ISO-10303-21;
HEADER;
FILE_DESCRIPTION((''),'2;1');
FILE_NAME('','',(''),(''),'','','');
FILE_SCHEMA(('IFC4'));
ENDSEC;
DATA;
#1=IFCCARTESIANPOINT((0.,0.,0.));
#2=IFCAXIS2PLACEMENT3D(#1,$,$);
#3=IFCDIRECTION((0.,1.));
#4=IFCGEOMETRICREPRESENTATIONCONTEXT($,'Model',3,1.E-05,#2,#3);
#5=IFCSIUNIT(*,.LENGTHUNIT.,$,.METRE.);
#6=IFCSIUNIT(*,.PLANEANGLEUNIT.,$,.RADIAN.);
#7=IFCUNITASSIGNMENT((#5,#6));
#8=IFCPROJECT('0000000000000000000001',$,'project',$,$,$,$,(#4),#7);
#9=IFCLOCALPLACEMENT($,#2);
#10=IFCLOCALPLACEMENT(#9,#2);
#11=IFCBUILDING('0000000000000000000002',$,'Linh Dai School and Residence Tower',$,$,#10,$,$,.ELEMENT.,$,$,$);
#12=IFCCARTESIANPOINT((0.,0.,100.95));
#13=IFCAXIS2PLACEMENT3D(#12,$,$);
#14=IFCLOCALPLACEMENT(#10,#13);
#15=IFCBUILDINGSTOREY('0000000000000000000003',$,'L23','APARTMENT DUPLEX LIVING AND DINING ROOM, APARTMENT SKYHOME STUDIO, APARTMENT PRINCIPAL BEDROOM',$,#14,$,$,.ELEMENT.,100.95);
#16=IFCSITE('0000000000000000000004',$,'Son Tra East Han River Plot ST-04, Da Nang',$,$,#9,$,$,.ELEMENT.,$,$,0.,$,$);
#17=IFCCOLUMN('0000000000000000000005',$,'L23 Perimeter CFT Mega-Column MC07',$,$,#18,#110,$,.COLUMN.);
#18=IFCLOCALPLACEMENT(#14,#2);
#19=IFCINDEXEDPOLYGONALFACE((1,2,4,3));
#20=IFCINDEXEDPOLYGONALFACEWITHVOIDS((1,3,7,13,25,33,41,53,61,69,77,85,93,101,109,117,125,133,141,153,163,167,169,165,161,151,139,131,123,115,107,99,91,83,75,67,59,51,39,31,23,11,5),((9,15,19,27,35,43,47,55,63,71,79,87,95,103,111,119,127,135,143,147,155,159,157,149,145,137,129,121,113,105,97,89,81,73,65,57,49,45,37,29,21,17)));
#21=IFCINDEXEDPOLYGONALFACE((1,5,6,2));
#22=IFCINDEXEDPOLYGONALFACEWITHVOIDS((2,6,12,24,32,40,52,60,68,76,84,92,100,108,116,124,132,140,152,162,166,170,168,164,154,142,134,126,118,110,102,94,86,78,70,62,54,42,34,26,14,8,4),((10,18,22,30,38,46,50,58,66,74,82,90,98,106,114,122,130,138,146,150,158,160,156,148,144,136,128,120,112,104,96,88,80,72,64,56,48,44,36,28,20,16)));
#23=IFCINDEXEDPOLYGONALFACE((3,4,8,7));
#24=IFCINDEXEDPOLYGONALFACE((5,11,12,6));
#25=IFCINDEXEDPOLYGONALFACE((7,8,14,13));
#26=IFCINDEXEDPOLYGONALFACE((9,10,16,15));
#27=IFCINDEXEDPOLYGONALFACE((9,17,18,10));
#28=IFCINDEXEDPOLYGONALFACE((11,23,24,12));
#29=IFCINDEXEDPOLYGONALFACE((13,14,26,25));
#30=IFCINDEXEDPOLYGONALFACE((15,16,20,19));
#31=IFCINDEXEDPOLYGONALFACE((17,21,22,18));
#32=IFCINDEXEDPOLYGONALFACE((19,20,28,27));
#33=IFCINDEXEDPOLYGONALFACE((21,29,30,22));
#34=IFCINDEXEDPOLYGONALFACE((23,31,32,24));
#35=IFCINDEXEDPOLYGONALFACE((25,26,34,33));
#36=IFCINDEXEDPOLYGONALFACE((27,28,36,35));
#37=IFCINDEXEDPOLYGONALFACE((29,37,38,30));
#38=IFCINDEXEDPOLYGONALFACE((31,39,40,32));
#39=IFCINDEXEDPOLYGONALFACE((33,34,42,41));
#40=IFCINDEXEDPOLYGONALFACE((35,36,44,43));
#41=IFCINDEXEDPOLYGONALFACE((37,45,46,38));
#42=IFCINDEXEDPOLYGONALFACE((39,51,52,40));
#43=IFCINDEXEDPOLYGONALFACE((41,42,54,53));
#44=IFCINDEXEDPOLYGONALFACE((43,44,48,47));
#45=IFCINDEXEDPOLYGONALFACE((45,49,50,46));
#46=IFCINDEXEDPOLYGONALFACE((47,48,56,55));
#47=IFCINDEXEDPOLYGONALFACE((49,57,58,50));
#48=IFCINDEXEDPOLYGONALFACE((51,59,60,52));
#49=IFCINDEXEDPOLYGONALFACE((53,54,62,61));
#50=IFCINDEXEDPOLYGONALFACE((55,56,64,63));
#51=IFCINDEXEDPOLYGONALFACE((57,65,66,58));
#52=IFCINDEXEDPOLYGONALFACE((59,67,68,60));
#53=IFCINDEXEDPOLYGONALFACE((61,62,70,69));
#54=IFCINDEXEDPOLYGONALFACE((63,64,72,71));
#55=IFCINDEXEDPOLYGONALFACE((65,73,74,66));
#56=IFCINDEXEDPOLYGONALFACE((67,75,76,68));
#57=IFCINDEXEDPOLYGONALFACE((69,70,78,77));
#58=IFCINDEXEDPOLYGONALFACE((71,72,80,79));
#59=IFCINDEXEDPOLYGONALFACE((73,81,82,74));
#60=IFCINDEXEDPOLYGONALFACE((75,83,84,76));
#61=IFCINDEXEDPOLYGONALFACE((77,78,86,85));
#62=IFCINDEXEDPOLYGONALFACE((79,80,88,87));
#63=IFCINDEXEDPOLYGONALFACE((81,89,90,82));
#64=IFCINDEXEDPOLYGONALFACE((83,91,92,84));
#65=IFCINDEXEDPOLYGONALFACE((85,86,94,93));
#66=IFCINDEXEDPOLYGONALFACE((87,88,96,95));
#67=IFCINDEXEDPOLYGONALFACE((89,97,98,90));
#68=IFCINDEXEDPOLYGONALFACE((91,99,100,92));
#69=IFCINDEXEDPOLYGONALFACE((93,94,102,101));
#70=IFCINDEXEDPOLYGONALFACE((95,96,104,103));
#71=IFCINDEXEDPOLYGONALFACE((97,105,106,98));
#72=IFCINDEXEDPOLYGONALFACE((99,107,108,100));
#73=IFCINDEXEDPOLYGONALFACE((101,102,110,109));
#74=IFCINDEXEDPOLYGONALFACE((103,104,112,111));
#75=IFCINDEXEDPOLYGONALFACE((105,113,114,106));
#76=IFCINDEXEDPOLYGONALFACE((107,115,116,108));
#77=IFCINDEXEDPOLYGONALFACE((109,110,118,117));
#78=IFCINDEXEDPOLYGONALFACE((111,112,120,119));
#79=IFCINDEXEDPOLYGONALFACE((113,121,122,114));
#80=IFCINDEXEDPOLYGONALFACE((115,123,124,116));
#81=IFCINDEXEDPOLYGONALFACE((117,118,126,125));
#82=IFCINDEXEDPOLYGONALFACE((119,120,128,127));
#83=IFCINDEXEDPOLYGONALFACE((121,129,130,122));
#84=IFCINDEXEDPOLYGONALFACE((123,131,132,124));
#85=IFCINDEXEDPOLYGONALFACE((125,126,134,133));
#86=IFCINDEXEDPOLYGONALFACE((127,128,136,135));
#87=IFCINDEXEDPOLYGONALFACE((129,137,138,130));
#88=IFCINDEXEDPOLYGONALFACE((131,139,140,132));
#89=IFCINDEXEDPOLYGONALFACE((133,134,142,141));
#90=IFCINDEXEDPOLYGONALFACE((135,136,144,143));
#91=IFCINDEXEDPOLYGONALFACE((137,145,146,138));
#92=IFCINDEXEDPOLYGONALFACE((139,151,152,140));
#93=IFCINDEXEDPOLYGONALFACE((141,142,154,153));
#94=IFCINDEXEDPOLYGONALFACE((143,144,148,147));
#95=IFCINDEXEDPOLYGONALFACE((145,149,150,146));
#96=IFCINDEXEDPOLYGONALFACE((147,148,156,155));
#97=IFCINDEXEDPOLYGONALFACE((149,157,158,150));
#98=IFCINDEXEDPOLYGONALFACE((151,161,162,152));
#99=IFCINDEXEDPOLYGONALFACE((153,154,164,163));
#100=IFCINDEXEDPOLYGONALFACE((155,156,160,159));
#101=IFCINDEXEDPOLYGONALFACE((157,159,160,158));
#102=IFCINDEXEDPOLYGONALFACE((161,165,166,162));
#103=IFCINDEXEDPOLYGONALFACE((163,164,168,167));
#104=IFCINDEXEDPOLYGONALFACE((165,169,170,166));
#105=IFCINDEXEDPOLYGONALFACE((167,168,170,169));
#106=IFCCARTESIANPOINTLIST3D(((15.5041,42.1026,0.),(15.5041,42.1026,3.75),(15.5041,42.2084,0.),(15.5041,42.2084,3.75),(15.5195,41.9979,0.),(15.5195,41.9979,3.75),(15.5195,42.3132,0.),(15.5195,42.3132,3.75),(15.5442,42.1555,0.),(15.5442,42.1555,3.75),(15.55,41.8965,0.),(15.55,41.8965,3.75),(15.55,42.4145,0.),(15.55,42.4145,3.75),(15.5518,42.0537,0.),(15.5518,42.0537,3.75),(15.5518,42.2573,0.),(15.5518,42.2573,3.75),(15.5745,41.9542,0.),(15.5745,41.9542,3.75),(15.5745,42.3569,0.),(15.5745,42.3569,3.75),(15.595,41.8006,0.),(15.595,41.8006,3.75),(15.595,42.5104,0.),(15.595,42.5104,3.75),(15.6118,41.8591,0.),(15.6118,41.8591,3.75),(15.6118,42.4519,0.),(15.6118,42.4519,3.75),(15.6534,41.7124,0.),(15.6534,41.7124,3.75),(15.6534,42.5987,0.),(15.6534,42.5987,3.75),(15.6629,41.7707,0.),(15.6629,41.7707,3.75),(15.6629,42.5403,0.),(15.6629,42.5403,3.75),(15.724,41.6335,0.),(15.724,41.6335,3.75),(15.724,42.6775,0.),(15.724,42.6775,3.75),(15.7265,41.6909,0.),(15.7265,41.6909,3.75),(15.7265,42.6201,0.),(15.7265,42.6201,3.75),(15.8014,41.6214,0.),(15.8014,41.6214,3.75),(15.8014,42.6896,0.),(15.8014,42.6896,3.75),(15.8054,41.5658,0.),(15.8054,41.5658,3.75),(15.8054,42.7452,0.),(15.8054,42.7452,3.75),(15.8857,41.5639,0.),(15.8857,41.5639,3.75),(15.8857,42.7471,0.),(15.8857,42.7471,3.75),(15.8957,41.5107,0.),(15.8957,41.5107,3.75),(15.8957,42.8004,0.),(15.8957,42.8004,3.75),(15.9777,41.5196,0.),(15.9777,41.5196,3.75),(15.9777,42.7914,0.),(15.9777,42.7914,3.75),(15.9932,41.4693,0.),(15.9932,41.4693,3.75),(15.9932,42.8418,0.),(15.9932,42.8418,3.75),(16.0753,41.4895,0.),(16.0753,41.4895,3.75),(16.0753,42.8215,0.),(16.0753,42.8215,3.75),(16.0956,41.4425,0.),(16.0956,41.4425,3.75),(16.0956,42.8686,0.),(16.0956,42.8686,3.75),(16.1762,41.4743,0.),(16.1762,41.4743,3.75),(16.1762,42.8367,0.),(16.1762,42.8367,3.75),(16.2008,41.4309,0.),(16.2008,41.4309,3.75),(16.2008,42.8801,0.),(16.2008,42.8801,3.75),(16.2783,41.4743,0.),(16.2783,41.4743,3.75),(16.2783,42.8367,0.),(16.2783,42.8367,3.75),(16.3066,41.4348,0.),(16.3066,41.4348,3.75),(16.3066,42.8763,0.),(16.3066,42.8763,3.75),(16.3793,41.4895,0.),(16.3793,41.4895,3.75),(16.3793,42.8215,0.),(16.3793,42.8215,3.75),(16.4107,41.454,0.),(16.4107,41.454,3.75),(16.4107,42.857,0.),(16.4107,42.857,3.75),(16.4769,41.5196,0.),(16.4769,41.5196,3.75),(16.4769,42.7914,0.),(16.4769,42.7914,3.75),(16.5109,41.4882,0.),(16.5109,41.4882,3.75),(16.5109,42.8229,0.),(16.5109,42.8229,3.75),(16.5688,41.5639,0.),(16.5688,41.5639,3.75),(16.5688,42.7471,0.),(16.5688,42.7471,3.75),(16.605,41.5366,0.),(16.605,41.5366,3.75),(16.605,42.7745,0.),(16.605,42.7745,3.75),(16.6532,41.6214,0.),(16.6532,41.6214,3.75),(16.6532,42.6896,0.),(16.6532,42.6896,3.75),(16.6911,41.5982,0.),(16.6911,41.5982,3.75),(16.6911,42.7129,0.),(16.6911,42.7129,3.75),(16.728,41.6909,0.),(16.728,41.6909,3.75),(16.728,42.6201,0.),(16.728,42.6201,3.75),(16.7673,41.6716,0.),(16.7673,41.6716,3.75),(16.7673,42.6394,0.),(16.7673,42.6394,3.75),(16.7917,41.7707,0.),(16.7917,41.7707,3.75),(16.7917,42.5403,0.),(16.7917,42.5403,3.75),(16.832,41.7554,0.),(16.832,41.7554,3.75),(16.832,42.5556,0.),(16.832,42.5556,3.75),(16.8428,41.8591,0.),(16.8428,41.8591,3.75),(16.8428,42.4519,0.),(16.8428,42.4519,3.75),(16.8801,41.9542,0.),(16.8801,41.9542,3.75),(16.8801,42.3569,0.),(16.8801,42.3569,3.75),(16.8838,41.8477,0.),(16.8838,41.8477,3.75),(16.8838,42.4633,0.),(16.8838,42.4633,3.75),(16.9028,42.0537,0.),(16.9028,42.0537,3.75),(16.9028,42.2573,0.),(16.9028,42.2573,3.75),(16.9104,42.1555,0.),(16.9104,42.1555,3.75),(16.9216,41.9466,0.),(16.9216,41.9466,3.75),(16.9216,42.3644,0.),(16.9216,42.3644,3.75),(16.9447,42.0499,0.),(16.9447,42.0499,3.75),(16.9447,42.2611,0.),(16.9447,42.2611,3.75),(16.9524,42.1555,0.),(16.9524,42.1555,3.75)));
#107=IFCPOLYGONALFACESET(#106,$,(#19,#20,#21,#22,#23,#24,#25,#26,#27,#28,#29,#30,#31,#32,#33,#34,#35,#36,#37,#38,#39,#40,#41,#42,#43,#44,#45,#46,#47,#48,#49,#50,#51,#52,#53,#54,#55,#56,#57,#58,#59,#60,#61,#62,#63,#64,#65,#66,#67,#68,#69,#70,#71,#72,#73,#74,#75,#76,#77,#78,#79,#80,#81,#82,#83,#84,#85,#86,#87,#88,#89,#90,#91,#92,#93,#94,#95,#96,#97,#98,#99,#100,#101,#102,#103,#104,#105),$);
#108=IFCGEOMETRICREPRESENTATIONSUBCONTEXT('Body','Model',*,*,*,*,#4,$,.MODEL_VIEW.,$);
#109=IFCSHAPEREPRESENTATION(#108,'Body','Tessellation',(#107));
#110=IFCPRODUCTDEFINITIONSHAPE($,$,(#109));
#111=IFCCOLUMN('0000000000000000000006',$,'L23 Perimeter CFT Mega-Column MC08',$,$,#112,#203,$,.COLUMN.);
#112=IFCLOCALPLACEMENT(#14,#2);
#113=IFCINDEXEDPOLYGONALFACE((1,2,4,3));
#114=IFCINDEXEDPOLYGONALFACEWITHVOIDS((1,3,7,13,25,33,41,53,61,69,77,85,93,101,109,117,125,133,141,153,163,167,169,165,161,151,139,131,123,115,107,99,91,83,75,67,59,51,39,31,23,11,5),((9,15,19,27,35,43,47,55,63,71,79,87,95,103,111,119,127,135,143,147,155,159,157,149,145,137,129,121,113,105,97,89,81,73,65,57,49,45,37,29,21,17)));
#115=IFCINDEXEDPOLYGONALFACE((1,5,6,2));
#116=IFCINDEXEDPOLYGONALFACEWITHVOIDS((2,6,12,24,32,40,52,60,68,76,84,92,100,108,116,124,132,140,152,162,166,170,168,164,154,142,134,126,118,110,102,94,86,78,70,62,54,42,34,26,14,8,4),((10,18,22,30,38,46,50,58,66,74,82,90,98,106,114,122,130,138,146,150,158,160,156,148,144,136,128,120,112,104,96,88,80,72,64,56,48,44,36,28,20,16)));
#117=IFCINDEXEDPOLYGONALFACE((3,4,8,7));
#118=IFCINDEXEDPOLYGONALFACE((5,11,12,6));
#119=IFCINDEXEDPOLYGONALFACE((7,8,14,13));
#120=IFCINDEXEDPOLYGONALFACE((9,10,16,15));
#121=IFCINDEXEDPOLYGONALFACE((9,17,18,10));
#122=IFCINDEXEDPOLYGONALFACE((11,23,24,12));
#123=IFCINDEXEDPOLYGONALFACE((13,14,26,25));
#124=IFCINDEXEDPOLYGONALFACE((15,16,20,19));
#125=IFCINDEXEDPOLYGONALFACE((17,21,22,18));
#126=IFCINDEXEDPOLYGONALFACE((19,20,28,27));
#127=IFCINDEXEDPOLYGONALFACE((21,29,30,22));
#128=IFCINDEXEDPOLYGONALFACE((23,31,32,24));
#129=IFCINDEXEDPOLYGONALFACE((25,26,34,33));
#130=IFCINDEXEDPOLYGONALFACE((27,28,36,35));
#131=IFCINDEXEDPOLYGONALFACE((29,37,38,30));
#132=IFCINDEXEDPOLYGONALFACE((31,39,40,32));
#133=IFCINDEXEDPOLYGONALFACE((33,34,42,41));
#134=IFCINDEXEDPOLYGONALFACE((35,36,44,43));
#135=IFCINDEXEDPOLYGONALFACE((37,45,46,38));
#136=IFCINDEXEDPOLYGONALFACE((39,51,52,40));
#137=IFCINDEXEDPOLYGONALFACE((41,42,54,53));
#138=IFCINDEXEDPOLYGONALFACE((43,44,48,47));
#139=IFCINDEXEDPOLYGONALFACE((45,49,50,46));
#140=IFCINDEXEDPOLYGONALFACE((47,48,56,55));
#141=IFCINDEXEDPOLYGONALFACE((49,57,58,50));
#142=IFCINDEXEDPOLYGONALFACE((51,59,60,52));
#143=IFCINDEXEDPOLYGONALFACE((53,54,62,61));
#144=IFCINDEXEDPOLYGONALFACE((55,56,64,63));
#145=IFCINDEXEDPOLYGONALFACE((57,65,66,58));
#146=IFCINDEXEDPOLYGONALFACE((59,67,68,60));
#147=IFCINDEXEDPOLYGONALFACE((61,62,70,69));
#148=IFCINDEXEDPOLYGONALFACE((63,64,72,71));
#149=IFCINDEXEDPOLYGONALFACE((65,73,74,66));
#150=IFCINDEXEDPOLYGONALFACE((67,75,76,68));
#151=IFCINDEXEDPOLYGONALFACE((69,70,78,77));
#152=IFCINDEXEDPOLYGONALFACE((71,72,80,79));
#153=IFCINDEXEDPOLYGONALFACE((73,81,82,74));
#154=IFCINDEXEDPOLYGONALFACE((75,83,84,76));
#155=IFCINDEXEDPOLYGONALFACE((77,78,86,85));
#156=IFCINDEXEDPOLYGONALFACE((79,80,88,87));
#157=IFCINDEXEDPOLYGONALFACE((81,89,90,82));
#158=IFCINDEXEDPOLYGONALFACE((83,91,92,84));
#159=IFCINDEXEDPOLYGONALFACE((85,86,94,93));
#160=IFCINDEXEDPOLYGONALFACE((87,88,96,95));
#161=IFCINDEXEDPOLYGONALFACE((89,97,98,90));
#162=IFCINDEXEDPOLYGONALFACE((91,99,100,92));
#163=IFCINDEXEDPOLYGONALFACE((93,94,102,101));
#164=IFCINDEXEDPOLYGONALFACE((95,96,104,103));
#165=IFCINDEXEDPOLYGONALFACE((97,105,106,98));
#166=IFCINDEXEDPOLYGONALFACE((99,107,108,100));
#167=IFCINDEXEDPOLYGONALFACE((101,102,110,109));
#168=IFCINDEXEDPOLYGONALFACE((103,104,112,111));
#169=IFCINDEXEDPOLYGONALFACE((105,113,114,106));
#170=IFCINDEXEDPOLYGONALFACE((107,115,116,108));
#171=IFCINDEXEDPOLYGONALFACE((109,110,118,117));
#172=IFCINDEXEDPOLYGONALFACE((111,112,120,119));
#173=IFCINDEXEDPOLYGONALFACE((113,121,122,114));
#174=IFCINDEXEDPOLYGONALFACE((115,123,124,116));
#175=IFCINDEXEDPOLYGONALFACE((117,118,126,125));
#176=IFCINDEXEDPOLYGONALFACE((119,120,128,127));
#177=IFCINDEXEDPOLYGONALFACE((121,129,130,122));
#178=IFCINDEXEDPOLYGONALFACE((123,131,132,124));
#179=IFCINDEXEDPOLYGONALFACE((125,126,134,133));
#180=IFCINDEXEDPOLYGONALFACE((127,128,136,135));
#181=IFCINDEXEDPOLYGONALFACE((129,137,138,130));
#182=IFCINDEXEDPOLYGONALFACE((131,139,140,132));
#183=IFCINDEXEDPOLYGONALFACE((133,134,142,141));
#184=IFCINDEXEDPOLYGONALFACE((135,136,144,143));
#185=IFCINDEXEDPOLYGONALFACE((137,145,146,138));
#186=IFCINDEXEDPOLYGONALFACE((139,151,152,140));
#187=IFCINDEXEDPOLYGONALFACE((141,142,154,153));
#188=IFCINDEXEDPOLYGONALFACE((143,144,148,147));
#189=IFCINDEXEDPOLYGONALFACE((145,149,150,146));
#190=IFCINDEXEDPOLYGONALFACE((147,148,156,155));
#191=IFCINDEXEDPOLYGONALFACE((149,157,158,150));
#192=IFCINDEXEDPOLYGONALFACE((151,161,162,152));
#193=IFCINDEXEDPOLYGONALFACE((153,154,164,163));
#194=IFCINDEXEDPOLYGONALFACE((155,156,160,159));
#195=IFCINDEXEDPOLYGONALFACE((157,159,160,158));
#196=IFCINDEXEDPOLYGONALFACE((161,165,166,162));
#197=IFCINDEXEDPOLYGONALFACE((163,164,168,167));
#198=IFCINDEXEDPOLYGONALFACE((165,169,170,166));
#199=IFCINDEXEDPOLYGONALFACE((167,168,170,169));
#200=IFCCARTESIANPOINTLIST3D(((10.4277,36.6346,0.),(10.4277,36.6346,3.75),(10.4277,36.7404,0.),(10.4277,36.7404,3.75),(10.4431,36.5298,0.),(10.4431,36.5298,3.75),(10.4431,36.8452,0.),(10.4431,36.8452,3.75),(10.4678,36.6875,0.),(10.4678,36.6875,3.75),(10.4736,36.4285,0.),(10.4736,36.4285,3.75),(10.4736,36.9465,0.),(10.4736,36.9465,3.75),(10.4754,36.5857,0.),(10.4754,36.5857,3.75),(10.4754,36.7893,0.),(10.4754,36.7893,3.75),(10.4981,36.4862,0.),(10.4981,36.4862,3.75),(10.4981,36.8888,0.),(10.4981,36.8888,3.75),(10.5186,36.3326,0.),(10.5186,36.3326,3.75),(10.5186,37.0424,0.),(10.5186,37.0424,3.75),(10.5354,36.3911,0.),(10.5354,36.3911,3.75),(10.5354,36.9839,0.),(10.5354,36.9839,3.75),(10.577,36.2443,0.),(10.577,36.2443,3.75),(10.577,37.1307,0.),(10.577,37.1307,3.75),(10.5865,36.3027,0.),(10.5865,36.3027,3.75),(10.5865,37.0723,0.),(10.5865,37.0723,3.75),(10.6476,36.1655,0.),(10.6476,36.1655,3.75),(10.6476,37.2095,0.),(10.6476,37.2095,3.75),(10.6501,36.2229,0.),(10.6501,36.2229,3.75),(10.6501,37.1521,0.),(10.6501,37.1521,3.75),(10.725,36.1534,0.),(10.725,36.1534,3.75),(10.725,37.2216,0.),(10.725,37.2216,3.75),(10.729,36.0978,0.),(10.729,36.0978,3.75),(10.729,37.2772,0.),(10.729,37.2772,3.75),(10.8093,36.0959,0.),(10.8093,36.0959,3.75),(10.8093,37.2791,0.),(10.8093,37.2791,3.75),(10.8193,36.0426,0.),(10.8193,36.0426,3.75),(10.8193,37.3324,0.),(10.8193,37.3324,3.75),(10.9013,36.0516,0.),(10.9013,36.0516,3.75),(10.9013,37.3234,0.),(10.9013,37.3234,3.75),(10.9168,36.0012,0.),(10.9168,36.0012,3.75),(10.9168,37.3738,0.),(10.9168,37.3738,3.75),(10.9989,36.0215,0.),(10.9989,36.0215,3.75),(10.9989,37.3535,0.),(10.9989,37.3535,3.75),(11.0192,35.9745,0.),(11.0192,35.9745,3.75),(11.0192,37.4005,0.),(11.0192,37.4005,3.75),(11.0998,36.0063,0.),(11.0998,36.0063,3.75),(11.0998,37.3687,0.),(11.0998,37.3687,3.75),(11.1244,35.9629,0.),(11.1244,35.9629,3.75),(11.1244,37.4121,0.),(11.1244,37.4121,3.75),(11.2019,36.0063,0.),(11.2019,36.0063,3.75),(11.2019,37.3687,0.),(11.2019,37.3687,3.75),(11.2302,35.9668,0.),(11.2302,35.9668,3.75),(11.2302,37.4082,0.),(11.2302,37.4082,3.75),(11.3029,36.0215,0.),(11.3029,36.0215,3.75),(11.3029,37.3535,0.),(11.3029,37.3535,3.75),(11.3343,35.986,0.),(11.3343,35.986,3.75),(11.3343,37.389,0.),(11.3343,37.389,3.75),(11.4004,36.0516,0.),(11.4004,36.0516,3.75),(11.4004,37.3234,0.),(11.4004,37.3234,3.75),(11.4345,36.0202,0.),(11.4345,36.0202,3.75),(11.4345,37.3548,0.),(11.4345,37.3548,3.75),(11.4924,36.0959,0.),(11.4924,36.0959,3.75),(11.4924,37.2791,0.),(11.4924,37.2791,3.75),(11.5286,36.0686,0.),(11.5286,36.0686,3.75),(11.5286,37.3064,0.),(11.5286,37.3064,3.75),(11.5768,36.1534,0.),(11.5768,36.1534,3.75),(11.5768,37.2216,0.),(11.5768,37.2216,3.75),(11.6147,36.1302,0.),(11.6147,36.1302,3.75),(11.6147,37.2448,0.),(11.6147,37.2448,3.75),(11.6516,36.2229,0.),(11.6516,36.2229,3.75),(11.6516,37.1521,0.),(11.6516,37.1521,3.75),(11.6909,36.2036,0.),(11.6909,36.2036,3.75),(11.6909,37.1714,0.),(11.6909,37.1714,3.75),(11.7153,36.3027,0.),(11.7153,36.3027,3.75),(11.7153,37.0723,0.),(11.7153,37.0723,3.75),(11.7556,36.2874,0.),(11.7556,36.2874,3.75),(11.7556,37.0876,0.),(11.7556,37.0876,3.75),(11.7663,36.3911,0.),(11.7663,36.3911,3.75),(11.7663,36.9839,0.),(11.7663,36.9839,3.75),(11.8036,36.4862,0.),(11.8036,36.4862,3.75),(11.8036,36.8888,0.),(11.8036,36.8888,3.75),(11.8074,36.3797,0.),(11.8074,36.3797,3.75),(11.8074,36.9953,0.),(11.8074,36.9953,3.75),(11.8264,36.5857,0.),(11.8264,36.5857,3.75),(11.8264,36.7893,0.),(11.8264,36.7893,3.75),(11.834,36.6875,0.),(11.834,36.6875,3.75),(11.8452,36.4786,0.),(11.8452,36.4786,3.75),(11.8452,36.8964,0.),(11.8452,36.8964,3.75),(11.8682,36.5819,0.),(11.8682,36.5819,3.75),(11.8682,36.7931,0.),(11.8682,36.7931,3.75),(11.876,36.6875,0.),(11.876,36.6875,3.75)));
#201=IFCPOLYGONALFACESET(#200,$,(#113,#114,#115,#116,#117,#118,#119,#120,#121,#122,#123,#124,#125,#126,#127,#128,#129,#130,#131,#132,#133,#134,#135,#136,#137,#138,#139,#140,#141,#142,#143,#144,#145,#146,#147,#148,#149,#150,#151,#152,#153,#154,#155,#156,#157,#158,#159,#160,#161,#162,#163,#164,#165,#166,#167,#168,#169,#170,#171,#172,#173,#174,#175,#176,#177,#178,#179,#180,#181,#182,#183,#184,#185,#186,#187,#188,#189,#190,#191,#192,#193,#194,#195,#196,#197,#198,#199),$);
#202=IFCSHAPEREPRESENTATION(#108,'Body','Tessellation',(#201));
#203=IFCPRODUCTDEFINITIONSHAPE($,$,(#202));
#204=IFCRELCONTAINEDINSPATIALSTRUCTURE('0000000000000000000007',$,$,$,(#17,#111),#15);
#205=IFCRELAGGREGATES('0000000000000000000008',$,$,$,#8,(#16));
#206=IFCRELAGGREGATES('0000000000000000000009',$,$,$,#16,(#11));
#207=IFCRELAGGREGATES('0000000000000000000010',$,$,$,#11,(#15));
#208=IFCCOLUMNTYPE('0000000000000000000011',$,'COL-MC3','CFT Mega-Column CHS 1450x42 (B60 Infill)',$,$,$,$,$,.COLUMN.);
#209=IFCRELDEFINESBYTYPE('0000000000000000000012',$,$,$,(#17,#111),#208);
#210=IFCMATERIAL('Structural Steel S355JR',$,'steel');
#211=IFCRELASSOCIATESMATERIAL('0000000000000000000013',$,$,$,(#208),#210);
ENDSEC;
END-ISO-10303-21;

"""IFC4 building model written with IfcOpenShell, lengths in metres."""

from ifc_helpers import new_model, si_unit, direction, frame, origin, origin_2d, place, context, subcontext, project, spatial, hollow_circle, extrude, material, material_profile, profile_set, type_object, element, save


model = new_model("IFC4")

# Units and contexts
model_context = context("Model", 3, precision=1e-05, world=origin(), true_north=direction((0.0, 1.0)))
body_context = subcontext(model_context, "Body", "Model", "MODEL_VIEW")
ifc_project = project(units=[si_unit("LENGTHUNIT", "METRE"), si_unit("PLANEANGLEUNIT", "RADIAN")], contexts=[model_context])

# Site, building, storey
site_placement = place(None, origin())
site = spatial("IfcSite", under=ifc_project, at=site_placement, Name="Son Tra East Han River Plot ST-04, Da Nang", CompositionType="ELEMENT", RefElevation=0.0)
building_placement = place(site_placement, origin())
building = spatial("IfcBuilding", under=site, at=building_placement, Name="Linh Dai School and Residence Tower", CompositionType="ELEMENT")
storey_placement = place(building_placement, frame((0.0, 0.0, 100.95)))
storey = spatial("IfcBuildingStorey", under=building, at=storey_placement, Name="L23", Description="APARTMENT DUPLEX LIVING AND DINING ROOM, APARTMENT SKYHOME STUDIO, APARTMENT PRINCIPAL BEDROOM", CompositionType="ELEMENT", Elevation=100.95)

# Columns
ifc_material_1 = material(Name="Structural Steel S355JR", Category="steel")
ifc_material_profile_1 = material_profile(ifc_material_1, hollow_circle(Radius=0.7251, WallThickness=0.042, at=origin_2d()), Name="CHS 1450x42")
ifc_profile_set_1 = profile_set([ifc_material_profile_1], Name="Structural Steel S355JR")
column_type = type_object("IfcColumnType", Name="COL-MC3", Description="CFT Mega-Column CHS 1450x42 (B60 Infill)", PredefinedType="COLUMN", material=ifc_profile_set_1)
for number, where, z_axis, x_axis, name in (
    (1, (16.2273, 42.1555, 0.0), (0.0, 0.0, 1.0), (1.0, 0.0, 0.0), "L23 Perimeter CFT Mega-Column MC07"),
    (2, (11.1509, 36.6875, 0.0), (0.0, 0.0, 1.0), (1.0, 0.0, 0.0), "L23 Perimeter CFT Mega-Column MC08"),
):
    element("IfcColumn", number, at=place(storey_placement, frame(where, z_axis=z_axis, x_axis=x_axis)), inside=storey, type_object=column_type, Name=name, PredefinedType="COLUMN", context=body_context, shape_type="SweptSolid", body=[
        extrude(hollow_circle(Radius=0.7251, WallThickness=0.042, at=origin_2d()), origin(), (0.0, 0.0, 1.0), 3.75),
    ])

save(model, "model.ifc")
